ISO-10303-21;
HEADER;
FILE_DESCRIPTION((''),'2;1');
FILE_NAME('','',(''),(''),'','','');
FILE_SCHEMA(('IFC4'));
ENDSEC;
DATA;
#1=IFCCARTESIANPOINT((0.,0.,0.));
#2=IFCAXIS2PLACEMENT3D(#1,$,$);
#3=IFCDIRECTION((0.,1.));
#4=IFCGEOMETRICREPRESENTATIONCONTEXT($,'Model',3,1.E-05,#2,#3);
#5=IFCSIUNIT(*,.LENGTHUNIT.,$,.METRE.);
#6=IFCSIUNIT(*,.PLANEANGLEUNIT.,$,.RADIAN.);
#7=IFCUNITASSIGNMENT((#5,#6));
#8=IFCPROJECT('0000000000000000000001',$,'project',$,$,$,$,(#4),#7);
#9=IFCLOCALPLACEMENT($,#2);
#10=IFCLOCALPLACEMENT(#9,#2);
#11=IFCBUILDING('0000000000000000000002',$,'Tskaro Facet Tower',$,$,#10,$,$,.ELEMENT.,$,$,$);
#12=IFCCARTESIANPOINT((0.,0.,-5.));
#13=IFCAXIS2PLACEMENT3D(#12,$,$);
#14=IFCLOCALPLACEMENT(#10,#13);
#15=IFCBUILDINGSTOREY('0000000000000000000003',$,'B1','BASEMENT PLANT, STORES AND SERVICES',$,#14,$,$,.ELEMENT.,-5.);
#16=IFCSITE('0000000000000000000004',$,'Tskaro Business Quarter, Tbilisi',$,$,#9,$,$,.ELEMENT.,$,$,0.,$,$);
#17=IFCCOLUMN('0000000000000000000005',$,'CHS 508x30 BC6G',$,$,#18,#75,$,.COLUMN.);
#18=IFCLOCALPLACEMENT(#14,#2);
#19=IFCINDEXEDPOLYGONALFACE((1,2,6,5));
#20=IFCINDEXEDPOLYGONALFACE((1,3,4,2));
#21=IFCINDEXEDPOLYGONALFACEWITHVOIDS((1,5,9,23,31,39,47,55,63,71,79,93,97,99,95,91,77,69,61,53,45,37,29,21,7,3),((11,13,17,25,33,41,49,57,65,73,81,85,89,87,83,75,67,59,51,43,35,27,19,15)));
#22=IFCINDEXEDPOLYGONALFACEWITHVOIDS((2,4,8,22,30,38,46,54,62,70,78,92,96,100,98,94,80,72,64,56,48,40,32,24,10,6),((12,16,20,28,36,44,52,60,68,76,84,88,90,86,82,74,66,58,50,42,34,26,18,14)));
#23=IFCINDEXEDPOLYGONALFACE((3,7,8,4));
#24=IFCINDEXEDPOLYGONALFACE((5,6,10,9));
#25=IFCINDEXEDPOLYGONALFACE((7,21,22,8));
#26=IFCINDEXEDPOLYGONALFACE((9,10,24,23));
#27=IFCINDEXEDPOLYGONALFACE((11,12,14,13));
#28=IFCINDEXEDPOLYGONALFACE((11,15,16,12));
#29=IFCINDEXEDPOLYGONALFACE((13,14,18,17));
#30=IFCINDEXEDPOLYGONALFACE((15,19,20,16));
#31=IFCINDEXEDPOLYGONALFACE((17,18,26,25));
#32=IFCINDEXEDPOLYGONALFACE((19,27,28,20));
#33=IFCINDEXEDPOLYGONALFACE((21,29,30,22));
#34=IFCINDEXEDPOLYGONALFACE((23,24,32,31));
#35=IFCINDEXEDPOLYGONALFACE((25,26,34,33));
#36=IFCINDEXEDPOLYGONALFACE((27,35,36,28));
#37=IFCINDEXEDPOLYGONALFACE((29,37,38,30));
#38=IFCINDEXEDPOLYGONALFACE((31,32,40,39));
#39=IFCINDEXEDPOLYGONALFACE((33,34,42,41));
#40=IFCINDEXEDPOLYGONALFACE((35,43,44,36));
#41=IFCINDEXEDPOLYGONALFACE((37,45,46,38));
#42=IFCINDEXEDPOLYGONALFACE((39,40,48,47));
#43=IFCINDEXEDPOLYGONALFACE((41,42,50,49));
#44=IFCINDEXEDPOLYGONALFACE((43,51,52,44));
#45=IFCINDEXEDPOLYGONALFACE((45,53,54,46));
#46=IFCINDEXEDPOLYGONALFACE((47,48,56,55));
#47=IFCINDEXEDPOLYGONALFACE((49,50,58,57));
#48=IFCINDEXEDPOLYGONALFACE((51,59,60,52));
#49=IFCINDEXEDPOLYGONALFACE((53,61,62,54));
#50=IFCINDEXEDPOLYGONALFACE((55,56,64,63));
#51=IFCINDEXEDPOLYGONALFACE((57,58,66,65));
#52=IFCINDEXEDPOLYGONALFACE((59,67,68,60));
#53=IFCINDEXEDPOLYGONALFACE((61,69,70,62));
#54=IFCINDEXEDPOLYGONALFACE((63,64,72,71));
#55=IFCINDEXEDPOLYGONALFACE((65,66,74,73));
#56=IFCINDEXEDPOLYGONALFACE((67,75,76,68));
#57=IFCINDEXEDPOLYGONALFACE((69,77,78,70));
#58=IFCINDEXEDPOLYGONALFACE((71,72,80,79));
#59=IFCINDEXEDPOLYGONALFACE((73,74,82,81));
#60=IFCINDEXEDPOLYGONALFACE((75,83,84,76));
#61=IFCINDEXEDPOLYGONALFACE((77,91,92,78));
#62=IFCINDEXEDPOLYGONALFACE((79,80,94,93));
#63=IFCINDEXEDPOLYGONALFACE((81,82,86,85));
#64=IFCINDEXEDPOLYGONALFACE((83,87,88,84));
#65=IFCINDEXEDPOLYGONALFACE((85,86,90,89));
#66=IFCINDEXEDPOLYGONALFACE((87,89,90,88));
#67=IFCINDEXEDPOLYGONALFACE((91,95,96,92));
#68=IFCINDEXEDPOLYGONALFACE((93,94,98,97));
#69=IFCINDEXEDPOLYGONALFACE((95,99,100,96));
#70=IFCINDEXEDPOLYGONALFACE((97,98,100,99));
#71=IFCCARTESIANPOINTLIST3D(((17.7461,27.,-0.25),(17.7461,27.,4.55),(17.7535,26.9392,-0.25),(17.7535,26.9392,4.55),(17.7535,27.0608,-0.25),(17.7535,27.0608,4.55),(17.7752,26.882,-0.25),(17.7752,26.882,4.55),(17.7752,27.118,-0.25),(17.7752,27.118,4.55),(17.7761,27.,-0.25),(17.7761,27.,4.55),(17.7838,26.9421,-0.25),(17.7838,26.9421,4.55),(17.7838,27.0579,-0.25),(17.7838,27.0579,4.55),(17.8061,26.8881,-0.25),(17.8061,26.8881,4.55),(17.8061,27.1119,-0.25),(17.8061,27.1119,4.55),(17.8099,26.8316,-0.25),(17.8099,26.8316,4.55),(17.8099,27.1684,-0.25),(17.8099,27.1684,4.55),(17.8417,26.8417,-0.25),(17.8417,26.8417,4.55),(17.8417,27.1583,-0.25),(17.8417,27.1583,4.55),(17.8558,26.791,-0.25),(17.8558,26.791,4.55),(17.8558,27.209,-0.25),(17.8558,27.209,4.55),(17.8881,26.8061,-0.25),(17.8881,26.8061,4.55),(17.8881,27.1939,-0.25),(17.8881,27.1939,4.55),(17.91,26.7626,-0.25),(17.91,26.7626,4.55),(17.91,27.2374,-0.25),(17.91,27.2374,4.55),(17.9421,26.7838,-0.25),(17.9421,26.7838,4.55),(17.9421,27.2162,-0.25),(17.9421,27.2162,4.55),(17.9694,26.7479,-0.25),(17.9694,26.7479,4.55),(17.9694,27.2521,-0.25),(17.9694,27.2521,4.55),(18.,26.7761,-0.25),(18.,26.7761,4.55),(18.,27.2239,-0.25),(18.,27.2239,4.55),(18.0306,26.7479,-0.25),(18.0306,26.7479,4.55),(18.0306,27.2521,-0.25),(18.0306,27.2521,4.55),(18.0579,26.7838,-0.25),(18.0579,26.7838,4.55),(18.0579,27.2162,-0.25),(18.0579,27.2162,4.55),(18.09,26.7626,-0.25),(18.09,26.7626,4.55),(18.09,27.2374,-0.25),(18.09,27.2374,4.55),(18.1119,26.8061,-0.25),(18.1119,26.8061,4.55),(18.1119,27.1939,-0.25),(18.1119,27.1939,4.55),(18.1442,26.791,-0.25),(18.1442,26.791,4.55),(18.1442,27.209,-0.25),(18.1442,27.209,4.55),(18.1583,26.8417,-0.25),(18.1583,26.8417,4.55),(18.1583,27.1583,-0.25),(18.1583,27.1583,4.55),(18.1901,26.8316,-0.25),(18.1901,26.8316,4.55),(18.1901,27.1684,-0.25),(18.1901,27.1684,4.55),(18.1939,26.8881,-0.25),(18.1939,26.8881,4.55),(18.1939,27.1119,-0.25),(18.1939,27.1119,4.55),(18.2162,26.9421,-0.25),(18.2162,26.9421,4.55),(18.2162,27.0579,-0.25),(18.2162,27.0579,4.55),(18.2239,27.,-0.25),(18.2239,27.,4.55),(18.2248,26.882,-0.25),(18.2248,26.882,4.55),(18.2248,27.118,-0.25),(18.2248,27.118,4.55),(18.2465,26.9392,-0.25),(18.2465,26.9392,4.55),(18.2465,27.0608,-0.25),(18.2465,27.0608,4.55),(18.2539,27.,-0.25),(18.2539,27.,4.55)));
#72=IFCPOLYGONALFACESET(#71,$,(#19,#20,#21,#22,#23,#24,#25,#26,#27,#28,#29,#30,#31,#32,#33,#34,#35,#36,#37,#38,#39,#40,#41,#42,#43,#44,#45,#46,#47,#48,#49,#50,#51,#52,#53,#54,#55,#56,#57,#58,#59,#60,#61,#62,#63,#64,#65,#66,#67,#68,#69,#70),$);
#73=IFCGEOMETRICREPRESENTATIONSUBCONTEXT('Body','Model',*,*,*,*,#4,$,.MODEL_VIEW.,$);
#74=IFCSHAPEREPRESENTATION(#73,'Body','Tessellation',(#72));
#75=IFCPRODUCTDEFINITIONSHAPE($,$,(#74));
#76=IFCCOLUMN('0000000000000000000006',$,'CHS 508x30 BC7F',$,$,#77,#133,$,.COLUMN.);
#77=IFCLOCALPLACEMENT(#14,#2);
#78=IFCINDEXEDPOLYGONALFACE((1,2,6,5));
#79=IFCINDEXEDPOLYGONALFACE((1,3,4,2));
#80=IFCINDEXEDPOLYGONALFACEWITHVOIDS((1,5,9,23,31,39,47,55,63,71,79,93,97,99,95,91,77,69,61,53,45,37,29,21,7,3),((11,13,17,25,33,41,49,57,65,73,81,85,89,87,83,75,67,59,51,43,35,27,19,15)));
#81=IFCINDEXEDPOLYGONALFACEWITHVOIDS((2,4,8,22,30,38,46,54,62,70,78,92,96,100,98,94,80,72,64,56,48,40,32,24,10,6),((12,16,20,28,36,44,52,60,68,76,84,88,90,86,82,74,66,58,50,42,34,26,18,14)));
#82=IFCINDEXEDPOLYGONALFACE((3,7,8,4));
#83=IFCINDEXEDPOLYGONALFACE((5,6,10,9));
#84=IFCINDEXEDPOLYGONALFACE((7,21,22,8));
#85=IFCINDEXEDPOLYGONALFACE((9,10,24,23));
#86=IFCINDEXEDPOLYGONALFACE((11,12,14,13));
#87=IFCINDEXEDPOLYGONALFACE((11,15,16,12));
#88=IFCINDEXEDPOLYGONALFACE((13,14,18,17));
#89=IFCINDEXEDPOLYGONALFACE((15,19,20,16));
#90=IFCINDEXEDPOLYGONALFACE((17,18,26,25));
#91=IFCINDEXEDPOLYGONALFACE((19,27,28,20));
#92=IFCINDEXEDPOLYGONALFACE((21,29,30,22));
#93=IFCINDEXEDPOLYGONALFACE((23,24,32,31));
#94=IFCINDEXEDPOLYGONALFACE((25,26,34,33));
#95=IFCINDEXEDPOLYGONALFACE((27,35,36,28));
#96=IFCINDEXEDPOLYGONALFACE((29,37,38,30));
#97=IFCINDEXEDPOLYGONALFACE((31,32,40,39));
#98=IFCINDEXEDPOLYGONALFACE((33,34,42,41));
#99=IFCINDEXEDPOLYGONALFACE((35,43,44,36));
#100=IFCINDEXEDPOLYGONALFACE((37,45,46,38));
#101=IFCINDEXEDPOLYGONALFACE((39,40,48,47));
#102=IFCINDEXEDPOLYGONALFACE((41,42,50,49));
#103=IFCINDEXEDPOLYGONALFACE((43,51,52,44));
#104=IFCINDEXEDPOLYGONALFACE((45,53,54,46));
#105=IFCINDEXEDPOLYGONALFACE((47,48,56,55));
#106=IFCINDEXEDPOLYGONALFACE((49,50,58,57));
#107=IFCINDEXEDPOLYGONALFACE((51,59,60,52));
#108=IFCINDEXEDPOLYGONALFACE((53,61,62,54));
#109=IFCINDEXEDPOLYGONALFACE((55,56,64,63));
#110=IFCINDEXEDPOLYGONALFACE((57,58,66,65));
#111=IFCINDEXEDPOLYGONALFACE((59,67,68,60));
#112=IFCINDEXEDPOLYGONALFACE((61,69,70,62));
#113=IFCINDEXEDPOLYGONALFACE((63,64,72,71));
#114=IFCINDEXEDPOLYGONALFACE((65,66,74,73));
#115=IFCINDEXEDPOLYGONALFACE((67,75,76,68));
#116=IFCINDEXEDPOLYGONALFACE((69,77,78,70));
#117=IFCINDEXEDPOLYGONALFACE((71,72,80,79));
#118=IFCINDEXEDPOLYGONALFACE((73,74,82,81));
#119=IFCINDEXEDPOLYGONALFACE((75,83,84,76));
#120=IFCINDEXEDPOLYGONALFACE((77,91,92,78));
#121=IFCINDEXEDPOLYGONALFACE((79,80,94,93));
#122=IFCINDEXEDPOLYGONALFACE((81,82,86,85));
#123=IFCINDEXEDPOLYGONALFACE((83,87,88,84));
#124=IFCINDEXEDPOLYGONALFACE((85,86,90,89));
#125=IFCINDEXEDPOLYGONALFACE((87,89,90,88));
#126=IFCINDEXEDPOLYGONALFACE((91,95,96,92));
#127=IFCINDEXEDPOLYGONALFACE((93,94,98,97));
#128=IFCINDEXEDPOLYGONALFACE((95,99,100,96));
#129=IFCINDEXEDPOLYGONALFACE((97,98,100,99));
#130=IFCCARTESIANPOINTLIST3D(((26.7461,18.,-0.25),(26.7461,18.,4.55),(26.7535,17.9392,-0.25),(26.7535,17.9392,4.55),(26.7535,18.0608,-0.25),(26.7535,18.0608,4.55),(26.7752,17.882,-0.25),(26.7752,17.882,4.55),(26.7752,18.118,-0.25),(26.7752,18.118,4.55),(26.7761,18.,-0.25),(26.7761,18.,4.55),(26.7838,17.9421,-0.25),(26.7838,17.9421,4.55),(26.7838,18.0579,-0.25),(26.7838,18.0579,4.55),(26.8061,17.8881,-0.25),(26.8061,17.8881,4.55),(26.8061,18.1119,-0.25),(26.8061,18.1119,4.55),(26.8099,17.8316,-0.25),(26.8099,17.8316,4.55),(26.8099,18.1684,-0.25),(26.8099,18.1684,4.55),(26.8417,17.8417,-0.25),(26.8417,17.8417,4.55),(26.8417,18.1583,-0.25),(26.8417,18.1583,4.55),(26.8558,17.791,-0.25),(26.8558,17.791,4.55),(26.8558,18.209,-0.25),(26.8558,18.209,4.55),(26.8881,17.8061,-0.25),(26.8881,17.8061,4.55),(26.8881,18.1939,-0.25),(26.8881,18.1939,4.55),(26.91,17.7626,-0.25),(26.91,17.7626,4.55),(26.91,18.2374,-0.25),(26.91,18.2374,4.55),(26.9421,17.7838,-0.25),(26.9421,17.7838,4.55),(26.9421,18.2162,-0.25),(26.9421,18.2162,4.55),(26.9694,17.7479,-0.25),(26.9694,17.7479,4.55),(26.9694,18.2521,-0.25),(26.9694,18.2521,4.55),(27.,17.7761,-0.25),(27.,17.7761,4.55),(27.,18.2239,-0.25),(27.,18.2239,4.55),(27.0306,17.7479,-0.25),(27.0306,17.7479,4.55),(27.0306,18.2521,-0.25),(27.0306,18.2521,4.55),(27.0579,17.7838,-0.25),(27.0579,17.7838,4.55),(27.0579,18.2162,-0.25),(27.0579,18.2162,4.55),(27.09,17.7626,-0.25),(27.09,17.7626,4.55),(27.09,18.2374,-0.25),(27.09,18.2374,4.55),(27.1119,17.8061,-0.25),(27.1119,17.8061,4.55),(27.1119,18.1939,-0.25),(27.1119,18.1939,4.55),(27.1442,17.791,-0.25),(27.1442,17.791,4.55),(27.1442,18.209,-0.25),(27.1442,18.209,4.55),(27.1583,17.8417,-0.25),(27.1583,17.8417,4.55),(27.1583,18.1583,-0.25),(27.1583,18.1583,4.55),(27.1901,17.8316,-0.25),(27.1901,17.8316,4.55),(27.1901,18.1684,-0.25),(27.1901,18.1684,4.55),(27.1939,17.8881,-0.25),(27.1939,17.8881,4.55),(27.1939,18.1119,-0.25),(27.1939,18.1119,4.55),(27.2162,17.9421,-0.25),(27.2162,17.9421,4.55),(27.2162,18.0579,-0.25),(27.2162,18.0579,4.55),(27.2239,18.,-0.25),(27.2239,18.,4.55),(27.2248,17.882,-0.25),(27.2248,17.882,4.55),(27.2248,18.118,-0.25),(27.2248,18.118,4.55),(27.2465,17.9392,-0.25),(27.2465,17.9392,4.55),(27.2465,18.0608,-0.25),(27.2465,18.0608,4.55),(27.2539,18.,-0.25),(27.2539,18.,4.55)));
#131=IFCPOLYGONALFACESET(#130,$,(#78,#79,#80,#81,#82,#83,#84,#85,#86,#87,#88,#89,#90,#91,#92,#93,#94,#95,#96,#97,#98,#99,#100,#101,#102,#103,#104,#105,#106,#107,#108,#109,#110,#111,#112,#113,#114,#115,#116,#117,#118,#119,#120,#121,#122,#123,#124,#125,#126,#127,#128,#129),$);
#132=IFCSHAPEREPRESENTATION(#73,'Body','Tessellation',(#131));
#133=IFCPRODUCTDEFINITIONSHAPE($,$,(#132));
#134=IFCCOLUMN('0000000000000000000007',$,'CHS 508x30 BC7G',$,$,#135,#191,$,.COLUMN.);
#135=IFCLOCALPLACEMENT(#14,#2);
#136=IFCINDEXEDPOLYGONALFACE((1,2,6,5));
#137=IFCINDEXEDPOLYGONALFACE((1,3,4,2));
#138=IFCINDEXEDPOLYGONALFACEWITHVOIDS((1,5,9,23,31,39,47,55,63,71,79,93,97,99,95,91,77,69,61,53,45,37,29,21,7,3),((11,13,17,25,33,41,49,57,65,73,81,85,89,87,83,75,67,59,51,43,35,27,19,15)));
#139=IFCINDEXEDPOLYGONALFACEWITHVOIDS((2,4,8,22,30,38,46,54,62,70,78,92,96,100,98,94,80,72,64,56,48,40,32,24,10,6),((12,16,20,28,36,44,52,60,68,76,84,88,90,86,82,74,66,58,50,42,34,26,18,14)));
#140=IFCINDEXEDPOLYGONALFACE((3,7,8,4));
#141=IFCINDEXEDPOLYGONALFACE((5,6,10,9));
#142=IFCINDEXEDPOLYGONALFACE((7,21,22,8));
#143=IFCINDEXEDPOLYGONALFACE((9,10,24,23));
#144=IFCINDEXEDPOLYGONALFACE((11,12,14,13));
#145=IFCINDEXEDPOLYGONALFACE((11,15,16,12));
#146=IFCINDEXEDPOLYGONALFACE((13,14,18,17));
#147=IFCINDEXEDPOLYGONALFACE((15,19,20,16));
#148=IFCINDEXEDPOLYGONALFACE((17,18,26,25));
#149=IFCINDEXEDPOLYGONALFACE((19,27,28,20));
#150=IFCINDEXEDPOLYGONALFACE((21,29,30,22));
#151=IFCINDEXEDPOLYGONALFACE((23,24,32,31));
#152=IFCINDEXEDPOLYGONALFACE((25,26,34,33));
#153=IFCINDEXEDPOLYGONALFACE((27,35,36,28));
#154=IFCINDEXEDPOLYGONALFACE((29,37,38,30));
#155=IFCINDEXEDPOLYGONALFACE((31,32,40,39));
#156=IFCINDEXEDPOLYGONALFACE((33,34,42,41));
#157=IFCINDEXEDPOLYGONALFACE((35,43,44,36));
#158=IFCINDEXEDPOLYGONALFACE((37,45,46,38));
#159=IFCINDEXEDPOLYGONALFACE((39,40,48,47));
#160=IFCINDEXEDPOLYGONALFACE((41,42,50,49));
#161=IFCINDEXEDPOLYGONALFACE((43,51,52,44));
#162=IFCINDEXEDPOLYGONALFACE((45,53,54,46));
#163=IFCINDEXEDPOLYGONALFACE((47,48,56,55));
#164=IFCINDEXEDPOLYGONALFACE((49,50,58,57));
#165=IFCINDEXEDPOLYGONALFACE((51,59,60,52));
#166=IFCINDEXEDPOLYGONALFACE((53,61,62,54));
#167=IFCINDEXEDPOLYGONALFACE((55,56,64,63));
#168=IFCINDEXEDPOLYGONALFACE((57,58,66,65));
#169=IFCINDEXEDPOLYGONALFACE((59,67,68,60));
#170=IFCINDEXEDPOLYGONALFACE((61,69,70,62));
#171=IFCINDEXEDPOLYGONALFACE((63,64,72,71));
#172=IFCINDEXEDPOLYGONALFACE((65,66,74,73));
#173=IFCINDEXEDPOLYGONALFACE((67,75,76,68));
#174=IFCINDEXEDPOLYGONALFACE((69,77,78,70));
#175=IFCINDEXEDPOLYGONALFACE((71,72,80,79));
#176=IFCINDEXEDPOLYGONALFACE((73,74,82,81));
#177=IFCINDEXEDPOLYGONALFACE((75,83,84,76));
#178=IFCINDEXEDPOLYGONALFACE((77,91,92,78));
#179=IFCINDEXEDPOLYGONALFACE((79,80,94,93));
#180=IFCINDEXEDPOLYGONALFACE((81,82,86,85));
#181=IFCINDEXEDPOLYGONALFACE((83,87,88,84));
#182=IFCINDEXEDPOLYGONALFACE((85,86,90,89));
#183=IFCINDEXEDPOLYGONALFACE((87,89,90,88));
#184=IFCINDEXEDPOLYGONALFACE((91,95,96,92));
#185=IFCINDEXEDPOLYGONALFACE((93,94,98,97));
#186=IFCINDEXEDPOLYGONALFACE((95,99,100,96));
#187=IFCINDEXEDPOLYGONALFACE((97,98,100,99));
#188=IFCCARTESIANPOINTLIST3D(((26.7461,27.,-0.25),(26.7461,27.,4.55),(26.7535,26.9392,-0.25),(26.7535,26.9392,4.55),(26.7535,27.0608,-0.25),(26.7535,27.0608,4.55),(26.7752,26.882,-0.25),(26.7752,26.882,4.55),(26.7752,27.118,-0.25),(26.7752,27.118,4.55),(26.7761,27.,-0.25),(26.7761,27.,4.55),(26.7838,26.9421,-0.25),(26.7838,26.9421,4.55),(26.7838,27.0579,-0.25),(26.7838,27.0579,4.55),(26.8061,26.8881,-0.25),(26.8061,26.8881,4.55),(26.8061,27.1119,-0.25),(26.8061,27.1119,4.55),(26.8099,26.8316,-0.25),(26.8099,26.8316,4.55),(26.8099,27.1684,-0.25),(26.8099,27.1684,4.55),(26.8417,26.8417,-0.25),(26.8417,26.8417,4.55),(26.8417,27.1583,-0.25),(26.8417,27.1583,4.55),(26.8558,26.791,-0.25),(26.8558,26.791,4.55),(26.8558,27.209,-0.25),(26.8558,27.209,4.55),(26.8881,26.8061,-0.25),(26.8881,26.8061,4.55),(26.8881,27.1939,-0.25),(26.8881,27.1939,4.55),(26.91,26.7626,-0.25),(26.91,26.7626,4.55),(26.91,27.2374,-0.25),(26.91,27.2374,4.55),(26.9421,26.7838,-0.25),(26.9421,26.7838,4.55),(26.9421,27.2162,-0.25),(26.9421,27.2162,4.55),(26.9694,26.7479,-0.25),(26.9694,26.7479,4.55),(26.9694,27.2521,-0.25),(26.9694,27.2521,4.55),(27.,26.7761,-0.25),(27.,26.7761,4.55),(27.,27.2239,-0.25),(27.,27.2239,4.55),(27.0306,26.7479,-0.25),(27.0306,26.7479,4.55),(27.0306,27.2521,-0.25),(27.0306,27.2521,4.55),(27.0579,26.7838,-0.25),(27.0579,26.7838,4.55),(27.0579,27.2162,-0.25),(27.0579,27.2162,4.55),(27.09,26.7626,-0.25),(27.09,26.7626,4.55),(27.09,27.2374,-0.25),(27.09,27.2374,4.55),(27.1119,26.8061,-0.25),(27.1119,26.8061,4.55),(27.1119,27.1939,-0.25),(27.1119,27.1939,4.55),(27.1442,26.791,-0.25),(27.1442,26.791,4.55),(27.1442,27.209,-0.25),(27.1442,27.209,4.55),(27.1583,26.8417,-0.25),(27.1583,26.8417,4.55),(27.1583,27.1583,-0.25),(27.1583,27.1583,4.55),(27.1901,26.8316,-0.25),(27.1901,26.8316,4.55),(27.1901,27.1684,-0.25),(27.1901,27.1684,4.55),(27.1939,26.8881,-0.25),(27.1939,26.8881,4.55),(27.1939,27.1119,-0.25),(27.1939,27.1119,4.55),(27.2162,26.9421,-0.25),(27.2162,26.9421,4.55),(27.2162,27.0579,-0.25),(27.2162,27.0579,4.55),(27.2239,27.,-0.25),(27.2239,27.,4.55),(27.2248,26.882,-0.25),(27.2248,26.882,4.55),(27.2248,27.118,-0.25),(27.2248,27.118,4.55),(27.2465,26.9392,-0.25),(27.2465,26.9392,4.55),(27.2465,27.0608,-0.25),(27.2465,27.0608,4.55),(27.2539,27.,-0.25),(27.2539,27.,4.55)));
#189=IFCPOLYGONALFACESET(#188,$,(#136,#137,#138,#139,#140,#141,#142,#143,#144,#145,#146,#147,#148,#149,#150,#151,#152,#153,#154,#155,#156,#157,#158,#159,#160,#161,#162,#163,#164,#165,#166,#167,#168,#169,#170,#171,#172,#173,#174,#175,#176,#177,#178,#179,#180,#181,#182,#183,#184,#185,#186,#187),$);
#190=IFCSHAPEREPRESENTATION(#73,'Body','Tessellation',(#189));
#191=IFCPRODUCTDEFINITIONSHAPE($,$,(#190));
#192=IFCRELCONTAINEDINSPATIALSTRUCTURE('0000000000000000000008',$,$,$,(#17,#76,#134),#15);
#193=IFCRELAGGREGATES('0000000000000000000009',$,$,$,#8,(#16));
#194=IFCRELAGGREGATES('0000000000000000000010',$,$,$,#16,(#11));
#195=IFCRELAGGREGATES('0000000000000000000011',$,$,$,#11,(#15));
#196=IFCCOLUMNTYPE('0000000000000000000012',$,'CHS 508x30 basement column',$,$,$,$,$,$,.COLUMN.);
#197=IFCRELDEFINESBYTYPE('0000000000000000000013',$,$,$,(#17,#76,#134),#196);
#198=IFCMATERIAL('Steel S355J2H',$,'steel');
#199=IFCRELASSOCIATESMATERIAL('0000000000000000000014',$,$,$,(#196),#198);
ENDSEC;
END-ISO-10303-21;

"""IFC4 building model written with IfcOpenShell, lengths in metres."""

from ifc_helpers import new_model, si_unit, direction, frame, origin, origin_2d, place, context, subcontext, project, spatial, hollow_circle, extrude, material, material_profile, profile_set, type_object, element, save


model = new_model("IFC4")

# Units and contexts
model_context = context("Model", 3, precision=1e-05, world=origin(), true_north=direction((0.0, 1.0)))
body_context = subcontext(model_context, "Body", "Model", "MODEL_VIEW")
ifc_project = project(units=[si_unit("LENGTHUNIT", "METRE"), si_unit("PLANEANGLEUNIT", "RADIAN")], contexts=[model_context])

# Site, building, storey
site_placement = place(None, origin())
site = spatial("IfcSite", under=ifc_project, at=site_placement, Name="Tskaro Business Quarter, Tbilisi", CompositionType="ELEMENT", RefElevation=0.0)
building_placement = place(site_placement, origin())
building = spatial("IfcBuilding", under=site, at=building_placement, Name="Tskaro Facet Tower", CompositionType="ELEMENT")
storey_placement = place(building_placement, frame((0.0, 0.0, -5.0)))
storey = spatial("IfcBuildingStorey", under=building, at=storey_placement, Name="B1", Description="BASEMENT PLANT, STORES AND SERVICES", CompositionType="ELEMENT", Elevation=-5.0)

# Columns
ifc_material_1 = material(Name="Steel S355J2H", Category="steel")
ifc_material_profile_1 = material_profile(ifc_material_1, hollow_circle(Radius=0.2539, WallThickness=0.03, at=origin_2d()), Name="CHS 508x30")
ifc_profile_set_1 = profile_set([ifc_material_profile_1], Name="Steel S355J2H")
column_type_1 = type_object("IfcColumnType", Name="CHS 508x30 basement column", PredefinedType="COLUMN", material=ifc_profile_set_1)
for number, where, z_axis, x_axis, name in (
    (1, (18.0, 27.0, -0.25), (0.0, 0.0, 1.0), (1.0, 0.0, 0.0), "CHS 508x30 BC6G"),
    (2, (27.0, 18.0, -0.25), (0.0, 0.0, 1.0), (1.0, 0.0, 0.0), "CHS 508x30 BC7F"),
    (3, (27.0, 27.0, -0.25), (0.0, 0.0, 1.0), (1.0, 0.0, 0.0), "CHS 508x30 BC7G"),
):
    element("IfcColumn", number, at=place(storey_placement, frame(where, z_axis=z_axis, x_axis=x_axis)), inside=storey, type_object=column_type_1, Name=name, PredefinedType="COLUMN", context=body_context, shape_type="SweptSolid", body=[
        extrude(hollow_circle(Radius=0.2539, WallThickness=0.03, at=origin_2d()), origin(), (0.0, 0.0, 1.0), 4.8),
    ])

save(model, "model.ifc")
